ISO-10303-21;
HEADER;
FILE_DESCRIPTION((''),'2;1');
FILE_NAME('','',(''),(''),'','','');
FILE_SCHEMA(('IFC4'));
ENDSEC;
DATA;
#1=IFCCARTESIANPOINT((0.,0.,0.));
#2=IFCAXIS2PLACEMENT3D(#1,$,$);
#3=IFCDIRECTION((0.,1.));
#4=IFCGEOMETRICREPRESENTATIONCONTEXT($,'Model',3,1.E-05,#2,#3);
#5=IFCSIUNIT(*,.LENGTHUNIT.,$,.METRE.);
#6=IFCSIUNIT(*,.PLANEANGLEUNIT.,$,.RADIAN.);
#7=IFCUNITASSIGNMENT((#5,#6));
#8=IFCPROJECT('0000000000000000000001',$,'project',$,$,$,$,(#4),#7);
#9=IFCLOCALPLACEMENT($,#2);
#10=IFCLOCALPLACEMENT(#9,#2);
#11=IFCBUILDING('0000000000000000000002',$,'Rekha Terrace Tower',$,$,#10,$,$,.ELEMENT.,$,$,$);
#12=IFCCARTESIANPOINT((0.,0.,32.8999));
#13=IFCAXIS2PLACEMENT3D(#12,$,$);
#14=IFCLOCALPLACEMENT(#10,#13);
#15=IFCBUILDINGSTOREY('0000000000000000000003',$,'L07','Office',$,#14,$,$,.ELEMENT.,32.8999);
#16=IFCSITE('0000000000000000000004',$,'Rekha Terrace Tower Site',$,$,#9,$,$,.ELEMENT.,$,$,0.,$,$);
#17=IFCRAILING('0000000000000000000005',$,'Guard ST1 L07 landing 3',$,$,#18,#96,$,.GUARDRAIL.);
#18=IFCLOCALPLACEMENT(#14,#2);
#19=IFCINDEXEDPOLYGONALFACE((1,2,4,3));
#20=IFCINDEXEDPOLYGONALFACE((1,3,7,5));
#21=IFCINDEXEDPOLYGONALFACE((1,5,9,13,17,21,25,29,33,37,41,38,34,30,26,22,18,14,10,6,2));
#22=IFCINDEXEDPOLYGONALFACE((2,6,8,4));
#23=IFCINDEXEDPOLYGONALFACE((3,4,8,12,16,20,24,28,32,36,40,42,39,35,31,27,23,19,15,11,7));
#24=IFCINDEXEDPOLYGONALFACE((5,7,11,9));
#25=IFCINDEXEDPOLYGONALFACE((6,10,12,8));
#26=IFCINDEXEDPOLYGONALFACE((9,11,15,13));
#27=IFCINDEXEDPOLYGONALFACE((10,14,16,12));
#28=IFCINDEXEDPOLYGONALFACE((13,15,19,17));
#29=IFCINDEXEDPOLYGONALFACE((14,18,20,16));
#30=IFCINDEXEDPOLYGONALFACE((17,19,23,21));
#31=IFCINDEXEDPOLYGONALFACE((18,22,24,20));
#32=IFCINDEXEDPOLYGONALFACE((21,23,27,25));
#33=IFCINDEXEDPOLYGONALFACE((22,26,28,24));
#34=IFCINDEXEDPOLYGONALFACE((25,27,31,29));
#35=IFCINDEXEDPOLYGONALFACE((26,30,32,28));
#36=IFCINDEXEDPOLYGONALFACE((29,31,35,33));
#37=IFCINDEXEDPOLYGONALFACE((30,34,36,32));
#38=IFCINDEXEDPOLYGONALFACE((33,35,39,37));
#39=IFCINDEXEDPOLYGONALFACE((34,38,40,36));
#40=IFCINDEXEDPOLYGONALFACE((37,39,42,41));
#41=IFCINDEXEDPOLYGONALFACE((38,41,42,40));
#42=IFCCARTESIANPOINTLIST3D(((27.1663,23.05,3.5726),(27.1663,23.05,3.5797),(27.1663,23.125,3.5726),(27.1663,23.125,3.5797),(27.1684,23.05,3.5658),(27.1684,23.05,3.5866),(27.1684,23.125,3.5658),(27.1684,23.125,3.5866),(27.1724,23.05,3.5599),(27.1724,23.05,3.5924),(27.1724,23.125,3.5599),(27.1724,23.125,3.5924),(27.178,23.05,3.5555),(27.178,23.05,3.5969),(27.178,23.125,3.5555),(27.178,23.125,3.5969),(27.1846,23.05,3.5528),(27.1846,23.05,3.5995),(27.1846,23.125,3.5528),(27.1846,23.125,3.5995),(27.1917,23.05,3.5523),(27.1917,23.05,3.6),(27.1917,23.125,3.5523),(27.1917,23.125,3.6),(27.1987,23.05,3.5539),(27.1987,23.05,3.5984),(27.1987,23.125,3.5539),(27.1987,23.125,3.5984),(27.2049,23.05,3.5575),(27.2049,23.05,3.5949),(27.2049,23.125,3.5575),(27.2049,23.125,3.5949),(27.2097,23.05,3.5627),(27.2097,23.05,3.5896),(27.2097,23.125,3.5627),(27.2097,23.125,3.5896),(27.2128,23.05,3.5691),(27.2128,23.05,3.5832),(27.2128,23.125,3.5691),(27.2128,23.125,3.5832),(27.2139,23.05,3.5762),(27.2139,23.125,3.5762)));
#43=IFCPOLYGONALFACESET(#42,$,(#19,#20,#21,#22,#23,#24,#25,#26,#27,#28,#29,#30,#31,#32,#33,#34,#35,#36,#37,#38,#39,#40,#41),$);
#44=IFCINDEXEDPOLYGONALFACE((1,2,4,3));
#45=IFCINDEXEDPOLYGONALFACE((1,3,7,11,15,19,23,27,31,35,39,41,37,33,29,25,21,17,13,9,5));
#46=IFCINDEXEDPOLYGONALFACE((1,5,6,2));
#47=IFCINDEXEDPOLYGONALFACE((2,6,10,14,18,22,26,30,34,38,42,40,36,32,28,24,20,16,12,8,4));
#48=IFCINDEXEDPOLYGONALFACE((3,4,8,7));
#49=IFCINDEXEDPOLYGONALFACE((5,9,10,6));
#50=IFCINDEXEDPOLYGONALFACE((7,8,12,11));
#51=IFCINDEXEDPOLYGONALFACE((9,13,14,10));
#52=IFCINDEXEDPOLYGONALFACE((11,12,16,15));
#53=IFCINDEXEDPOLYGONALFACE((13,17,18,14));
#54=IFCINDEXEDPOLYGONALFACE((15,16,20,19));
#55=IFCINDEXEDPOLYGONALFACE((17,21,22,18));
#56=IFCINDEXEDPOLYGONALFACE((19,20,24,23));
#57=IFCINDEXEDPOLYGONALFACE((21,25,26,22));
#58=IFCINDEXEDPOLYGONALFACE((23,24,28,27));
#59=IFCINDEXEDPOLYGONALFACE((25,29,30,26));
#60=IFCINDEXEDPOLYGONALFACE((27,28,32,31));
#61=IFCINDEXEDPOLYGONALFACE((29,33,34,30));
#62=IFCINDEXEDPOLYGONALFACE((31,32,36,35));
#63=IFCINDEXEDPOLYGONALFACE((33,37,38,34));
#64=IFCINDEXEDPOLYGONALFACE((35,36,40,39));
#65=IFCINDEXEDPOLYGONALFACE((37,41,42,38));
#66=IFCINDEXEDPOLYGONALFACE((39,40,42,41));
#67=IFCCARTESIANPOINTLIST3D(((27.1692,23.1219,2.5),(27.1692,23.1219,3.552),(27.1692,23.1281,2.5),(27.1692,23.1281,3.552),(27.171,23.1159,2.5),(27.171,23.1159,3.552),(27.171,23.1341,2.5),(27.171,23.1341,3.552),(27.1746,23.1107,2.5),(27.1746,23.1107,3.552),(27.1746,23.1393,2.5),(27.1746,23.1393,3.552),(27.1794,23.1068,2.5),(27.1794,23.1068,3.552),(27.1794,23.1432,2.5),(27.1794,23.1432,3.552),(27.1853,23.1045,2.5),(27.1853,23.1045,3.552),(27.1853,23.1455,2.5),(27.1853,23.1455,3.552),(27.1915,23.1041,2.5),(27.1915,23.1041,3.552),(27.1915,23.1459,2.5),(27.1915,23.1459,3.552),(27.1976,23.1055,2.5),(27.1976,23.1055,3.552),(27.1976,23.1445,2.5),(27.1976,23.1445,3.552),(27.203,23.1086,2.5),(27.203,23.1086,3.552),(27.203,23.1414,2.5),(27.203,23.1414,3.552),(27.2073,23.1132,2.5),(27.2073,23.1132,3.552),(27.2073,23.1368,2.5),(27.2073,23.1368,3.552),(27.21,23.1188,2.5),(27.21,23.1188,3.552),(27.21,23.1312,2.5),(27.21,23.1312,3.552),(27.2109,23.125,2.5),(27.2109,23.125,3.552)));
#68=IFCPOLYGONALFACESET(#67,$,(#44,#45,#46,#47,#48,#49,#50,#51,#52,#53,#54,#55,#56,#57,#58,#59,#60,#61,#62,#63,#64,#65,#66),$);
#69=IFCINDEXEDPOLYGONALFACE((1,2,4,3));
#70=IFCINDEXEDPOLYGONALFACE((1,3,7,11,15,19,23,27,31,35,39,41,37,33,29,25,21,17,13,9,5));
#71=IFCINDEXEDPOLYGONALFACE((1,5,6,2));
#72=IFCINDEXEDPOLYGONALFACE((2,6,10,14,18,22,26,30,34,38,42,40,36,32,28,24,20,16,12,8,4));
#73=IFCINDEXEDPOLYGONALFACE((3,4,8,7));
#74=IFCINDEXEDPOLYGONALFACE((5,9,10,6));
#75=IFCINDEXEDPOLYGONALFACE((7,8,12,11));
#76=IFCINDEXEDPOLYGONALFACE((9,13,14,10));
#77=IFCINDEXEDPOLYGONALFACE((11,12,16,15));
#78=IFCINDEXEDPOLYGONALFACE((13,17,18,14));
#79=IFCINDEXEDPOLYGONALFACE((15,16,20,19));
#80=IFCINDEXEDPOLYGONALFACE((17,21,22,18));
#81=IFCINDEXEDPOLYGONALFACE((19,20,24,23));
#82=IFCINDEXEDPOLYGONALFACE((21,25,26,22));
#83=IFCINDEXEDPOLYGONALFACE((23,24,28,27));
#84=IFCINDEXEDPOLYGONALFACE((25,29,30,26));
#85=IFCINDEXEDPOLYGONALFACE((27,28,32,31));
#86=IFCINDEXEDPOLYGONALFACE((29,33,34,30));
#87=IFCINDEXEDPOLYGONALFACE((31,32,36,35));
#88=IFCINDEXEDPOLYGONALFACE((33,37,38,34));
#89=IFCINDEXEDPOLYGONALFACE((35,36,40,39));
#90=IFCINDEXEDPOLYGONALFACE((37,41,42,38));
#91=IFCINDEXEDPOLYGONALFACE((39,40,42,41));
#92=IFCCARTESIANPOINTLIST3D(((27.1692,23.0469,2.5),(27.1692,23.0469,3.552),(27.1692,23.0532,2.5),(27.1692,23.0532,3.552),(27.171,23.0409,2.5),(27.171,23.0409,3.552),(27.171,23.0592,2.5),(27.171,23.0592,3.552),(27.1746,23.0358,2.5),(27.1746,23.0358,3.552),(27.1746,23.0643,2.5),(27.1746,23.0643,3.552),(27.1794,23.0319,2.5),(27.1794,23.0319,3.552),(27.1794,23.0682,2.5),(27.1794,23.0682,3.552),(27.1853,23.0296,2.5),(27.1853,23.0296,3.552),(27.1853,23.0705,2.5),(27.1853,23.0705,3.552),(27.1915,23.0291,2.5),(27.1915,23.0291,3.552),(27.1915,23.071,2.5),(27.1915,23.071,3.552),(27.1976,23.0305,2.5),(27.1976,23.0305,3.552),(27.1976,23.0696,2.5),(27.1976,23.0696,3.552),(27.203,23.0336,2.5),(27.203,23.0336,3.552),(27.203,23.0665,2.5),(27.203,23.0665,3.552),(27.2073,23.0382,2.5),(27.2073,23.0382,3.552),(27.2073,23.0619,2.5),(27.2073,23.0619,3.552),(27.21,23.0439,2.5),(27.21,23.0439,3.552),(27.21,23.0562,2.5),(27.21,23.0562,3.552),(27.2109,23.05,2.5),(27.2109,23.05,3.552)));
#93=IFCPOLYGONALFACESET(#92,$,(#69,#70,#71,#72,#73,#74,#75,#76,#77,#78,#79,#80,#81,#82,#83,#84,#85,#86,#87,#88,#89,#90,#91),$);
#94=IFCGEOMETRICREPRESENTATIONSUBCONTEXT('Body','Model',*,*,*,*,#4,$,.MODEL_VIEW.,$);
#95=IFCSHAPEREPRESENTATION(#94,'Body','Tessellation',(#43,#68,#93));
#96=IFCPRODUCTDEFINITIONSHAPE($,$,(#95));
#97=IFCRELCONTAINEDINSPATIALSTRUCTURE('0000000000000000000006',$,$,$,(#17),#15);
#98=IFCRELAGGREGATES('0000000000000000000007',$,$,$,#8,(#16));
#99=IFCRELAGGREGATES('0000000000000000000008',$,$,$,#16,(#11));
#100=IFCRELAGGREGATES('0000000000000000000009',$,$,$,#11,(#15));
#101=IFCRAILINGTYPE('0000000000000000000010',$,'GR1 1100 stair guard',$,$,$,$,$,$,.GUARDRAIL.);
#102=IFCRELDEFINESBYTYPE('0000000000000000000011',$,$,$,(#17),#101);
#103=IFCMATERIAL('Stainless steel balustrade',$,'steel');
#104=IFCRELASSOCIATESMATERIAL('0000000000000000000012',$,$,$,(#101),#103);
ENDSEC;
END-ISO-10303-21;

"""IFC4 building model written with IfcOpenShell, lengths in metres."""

from ifc_helpers import new_model, si_unit, direction, frame, origin, origin_2d, place, context, subcontext, project, spatial, circle, extrude, material, type_object, element, save


model = new_model("IFC4")

# Units and contexts
model_context = context("Model", 3, precision=1e-05, world=origin(), true_north=direction((0.0, 1.0)))
body_context = subcontext(model_context, "Body", "Model", "MODEL_VIEW")
ifc_project = project(units=[si_unit("LENGTHUNIT", "METRE"), si_unit("PLANEANGLEUNIT", "RADIAN")], contexts=[model_context])

# Site, building, storey
site_placement = place(None, origin())
site = spatial("IfcSite", under=ifc_project, at=site_placement, Name="Rekha Terrace Tower Site", CompositionType="ELEMENT", RefElevation=0.0)
building_placement = place(site_placement, origin())
building = spatial("IfcBuilding", under=site, at=building_placement, Name="Rekha Terrace Tower", CompositionType="ELEMENT")
storey_placement = place(building_placement, frame((0.0, 0.0, 32.8999)))
storey = spatial("IfcBuildingStorey", under=building, at=storey_placement, Name="L07", Description="Office", CompositionType="ELEMENT", Elevation=32.8999)

# Railing
ifc_material_1 = material(Name="Stainless steel balustrade", Category="steel")
railing_type_1 = type_object("IfcRailingType", Name="GR1 1100 stair guard", PredefinedType="GUARDRAIL", material=ifc_material_1)
railing_1_placement = place(storey_placement, frame((27.1899, 23.125, 2.5)))
element("IfcRailing", 1, at=railing_1_placement, inside=storey, type_object=railing_type_1, Name="Guard ST1 L07 landing 3", PredefinedType="GUARDRAIL", context=body_context, shape_type="SweptSolid", body=[
    extrude(circle(Radius=0.0239, at=origin_2d()), frame((0.0, 0.0, 1.0762), z_axis=(0.0, -1.0, 0.0), x_axis=(1.0, 0.0, 0.0)), (0.0, 0.0, 1.0), 0.075),
    extrude(circle(Radius=0.021, at=origin_2d()), origin(), (0.0, 0.0, 1.0), 1.052),
    extrude(circle(Radius=0.021, at=origin_2d()), frame((0.0, -0.075, 0.0)), (0.0, 0.0, 1.0), 1.052),
])

save(model, "model.ifc")
